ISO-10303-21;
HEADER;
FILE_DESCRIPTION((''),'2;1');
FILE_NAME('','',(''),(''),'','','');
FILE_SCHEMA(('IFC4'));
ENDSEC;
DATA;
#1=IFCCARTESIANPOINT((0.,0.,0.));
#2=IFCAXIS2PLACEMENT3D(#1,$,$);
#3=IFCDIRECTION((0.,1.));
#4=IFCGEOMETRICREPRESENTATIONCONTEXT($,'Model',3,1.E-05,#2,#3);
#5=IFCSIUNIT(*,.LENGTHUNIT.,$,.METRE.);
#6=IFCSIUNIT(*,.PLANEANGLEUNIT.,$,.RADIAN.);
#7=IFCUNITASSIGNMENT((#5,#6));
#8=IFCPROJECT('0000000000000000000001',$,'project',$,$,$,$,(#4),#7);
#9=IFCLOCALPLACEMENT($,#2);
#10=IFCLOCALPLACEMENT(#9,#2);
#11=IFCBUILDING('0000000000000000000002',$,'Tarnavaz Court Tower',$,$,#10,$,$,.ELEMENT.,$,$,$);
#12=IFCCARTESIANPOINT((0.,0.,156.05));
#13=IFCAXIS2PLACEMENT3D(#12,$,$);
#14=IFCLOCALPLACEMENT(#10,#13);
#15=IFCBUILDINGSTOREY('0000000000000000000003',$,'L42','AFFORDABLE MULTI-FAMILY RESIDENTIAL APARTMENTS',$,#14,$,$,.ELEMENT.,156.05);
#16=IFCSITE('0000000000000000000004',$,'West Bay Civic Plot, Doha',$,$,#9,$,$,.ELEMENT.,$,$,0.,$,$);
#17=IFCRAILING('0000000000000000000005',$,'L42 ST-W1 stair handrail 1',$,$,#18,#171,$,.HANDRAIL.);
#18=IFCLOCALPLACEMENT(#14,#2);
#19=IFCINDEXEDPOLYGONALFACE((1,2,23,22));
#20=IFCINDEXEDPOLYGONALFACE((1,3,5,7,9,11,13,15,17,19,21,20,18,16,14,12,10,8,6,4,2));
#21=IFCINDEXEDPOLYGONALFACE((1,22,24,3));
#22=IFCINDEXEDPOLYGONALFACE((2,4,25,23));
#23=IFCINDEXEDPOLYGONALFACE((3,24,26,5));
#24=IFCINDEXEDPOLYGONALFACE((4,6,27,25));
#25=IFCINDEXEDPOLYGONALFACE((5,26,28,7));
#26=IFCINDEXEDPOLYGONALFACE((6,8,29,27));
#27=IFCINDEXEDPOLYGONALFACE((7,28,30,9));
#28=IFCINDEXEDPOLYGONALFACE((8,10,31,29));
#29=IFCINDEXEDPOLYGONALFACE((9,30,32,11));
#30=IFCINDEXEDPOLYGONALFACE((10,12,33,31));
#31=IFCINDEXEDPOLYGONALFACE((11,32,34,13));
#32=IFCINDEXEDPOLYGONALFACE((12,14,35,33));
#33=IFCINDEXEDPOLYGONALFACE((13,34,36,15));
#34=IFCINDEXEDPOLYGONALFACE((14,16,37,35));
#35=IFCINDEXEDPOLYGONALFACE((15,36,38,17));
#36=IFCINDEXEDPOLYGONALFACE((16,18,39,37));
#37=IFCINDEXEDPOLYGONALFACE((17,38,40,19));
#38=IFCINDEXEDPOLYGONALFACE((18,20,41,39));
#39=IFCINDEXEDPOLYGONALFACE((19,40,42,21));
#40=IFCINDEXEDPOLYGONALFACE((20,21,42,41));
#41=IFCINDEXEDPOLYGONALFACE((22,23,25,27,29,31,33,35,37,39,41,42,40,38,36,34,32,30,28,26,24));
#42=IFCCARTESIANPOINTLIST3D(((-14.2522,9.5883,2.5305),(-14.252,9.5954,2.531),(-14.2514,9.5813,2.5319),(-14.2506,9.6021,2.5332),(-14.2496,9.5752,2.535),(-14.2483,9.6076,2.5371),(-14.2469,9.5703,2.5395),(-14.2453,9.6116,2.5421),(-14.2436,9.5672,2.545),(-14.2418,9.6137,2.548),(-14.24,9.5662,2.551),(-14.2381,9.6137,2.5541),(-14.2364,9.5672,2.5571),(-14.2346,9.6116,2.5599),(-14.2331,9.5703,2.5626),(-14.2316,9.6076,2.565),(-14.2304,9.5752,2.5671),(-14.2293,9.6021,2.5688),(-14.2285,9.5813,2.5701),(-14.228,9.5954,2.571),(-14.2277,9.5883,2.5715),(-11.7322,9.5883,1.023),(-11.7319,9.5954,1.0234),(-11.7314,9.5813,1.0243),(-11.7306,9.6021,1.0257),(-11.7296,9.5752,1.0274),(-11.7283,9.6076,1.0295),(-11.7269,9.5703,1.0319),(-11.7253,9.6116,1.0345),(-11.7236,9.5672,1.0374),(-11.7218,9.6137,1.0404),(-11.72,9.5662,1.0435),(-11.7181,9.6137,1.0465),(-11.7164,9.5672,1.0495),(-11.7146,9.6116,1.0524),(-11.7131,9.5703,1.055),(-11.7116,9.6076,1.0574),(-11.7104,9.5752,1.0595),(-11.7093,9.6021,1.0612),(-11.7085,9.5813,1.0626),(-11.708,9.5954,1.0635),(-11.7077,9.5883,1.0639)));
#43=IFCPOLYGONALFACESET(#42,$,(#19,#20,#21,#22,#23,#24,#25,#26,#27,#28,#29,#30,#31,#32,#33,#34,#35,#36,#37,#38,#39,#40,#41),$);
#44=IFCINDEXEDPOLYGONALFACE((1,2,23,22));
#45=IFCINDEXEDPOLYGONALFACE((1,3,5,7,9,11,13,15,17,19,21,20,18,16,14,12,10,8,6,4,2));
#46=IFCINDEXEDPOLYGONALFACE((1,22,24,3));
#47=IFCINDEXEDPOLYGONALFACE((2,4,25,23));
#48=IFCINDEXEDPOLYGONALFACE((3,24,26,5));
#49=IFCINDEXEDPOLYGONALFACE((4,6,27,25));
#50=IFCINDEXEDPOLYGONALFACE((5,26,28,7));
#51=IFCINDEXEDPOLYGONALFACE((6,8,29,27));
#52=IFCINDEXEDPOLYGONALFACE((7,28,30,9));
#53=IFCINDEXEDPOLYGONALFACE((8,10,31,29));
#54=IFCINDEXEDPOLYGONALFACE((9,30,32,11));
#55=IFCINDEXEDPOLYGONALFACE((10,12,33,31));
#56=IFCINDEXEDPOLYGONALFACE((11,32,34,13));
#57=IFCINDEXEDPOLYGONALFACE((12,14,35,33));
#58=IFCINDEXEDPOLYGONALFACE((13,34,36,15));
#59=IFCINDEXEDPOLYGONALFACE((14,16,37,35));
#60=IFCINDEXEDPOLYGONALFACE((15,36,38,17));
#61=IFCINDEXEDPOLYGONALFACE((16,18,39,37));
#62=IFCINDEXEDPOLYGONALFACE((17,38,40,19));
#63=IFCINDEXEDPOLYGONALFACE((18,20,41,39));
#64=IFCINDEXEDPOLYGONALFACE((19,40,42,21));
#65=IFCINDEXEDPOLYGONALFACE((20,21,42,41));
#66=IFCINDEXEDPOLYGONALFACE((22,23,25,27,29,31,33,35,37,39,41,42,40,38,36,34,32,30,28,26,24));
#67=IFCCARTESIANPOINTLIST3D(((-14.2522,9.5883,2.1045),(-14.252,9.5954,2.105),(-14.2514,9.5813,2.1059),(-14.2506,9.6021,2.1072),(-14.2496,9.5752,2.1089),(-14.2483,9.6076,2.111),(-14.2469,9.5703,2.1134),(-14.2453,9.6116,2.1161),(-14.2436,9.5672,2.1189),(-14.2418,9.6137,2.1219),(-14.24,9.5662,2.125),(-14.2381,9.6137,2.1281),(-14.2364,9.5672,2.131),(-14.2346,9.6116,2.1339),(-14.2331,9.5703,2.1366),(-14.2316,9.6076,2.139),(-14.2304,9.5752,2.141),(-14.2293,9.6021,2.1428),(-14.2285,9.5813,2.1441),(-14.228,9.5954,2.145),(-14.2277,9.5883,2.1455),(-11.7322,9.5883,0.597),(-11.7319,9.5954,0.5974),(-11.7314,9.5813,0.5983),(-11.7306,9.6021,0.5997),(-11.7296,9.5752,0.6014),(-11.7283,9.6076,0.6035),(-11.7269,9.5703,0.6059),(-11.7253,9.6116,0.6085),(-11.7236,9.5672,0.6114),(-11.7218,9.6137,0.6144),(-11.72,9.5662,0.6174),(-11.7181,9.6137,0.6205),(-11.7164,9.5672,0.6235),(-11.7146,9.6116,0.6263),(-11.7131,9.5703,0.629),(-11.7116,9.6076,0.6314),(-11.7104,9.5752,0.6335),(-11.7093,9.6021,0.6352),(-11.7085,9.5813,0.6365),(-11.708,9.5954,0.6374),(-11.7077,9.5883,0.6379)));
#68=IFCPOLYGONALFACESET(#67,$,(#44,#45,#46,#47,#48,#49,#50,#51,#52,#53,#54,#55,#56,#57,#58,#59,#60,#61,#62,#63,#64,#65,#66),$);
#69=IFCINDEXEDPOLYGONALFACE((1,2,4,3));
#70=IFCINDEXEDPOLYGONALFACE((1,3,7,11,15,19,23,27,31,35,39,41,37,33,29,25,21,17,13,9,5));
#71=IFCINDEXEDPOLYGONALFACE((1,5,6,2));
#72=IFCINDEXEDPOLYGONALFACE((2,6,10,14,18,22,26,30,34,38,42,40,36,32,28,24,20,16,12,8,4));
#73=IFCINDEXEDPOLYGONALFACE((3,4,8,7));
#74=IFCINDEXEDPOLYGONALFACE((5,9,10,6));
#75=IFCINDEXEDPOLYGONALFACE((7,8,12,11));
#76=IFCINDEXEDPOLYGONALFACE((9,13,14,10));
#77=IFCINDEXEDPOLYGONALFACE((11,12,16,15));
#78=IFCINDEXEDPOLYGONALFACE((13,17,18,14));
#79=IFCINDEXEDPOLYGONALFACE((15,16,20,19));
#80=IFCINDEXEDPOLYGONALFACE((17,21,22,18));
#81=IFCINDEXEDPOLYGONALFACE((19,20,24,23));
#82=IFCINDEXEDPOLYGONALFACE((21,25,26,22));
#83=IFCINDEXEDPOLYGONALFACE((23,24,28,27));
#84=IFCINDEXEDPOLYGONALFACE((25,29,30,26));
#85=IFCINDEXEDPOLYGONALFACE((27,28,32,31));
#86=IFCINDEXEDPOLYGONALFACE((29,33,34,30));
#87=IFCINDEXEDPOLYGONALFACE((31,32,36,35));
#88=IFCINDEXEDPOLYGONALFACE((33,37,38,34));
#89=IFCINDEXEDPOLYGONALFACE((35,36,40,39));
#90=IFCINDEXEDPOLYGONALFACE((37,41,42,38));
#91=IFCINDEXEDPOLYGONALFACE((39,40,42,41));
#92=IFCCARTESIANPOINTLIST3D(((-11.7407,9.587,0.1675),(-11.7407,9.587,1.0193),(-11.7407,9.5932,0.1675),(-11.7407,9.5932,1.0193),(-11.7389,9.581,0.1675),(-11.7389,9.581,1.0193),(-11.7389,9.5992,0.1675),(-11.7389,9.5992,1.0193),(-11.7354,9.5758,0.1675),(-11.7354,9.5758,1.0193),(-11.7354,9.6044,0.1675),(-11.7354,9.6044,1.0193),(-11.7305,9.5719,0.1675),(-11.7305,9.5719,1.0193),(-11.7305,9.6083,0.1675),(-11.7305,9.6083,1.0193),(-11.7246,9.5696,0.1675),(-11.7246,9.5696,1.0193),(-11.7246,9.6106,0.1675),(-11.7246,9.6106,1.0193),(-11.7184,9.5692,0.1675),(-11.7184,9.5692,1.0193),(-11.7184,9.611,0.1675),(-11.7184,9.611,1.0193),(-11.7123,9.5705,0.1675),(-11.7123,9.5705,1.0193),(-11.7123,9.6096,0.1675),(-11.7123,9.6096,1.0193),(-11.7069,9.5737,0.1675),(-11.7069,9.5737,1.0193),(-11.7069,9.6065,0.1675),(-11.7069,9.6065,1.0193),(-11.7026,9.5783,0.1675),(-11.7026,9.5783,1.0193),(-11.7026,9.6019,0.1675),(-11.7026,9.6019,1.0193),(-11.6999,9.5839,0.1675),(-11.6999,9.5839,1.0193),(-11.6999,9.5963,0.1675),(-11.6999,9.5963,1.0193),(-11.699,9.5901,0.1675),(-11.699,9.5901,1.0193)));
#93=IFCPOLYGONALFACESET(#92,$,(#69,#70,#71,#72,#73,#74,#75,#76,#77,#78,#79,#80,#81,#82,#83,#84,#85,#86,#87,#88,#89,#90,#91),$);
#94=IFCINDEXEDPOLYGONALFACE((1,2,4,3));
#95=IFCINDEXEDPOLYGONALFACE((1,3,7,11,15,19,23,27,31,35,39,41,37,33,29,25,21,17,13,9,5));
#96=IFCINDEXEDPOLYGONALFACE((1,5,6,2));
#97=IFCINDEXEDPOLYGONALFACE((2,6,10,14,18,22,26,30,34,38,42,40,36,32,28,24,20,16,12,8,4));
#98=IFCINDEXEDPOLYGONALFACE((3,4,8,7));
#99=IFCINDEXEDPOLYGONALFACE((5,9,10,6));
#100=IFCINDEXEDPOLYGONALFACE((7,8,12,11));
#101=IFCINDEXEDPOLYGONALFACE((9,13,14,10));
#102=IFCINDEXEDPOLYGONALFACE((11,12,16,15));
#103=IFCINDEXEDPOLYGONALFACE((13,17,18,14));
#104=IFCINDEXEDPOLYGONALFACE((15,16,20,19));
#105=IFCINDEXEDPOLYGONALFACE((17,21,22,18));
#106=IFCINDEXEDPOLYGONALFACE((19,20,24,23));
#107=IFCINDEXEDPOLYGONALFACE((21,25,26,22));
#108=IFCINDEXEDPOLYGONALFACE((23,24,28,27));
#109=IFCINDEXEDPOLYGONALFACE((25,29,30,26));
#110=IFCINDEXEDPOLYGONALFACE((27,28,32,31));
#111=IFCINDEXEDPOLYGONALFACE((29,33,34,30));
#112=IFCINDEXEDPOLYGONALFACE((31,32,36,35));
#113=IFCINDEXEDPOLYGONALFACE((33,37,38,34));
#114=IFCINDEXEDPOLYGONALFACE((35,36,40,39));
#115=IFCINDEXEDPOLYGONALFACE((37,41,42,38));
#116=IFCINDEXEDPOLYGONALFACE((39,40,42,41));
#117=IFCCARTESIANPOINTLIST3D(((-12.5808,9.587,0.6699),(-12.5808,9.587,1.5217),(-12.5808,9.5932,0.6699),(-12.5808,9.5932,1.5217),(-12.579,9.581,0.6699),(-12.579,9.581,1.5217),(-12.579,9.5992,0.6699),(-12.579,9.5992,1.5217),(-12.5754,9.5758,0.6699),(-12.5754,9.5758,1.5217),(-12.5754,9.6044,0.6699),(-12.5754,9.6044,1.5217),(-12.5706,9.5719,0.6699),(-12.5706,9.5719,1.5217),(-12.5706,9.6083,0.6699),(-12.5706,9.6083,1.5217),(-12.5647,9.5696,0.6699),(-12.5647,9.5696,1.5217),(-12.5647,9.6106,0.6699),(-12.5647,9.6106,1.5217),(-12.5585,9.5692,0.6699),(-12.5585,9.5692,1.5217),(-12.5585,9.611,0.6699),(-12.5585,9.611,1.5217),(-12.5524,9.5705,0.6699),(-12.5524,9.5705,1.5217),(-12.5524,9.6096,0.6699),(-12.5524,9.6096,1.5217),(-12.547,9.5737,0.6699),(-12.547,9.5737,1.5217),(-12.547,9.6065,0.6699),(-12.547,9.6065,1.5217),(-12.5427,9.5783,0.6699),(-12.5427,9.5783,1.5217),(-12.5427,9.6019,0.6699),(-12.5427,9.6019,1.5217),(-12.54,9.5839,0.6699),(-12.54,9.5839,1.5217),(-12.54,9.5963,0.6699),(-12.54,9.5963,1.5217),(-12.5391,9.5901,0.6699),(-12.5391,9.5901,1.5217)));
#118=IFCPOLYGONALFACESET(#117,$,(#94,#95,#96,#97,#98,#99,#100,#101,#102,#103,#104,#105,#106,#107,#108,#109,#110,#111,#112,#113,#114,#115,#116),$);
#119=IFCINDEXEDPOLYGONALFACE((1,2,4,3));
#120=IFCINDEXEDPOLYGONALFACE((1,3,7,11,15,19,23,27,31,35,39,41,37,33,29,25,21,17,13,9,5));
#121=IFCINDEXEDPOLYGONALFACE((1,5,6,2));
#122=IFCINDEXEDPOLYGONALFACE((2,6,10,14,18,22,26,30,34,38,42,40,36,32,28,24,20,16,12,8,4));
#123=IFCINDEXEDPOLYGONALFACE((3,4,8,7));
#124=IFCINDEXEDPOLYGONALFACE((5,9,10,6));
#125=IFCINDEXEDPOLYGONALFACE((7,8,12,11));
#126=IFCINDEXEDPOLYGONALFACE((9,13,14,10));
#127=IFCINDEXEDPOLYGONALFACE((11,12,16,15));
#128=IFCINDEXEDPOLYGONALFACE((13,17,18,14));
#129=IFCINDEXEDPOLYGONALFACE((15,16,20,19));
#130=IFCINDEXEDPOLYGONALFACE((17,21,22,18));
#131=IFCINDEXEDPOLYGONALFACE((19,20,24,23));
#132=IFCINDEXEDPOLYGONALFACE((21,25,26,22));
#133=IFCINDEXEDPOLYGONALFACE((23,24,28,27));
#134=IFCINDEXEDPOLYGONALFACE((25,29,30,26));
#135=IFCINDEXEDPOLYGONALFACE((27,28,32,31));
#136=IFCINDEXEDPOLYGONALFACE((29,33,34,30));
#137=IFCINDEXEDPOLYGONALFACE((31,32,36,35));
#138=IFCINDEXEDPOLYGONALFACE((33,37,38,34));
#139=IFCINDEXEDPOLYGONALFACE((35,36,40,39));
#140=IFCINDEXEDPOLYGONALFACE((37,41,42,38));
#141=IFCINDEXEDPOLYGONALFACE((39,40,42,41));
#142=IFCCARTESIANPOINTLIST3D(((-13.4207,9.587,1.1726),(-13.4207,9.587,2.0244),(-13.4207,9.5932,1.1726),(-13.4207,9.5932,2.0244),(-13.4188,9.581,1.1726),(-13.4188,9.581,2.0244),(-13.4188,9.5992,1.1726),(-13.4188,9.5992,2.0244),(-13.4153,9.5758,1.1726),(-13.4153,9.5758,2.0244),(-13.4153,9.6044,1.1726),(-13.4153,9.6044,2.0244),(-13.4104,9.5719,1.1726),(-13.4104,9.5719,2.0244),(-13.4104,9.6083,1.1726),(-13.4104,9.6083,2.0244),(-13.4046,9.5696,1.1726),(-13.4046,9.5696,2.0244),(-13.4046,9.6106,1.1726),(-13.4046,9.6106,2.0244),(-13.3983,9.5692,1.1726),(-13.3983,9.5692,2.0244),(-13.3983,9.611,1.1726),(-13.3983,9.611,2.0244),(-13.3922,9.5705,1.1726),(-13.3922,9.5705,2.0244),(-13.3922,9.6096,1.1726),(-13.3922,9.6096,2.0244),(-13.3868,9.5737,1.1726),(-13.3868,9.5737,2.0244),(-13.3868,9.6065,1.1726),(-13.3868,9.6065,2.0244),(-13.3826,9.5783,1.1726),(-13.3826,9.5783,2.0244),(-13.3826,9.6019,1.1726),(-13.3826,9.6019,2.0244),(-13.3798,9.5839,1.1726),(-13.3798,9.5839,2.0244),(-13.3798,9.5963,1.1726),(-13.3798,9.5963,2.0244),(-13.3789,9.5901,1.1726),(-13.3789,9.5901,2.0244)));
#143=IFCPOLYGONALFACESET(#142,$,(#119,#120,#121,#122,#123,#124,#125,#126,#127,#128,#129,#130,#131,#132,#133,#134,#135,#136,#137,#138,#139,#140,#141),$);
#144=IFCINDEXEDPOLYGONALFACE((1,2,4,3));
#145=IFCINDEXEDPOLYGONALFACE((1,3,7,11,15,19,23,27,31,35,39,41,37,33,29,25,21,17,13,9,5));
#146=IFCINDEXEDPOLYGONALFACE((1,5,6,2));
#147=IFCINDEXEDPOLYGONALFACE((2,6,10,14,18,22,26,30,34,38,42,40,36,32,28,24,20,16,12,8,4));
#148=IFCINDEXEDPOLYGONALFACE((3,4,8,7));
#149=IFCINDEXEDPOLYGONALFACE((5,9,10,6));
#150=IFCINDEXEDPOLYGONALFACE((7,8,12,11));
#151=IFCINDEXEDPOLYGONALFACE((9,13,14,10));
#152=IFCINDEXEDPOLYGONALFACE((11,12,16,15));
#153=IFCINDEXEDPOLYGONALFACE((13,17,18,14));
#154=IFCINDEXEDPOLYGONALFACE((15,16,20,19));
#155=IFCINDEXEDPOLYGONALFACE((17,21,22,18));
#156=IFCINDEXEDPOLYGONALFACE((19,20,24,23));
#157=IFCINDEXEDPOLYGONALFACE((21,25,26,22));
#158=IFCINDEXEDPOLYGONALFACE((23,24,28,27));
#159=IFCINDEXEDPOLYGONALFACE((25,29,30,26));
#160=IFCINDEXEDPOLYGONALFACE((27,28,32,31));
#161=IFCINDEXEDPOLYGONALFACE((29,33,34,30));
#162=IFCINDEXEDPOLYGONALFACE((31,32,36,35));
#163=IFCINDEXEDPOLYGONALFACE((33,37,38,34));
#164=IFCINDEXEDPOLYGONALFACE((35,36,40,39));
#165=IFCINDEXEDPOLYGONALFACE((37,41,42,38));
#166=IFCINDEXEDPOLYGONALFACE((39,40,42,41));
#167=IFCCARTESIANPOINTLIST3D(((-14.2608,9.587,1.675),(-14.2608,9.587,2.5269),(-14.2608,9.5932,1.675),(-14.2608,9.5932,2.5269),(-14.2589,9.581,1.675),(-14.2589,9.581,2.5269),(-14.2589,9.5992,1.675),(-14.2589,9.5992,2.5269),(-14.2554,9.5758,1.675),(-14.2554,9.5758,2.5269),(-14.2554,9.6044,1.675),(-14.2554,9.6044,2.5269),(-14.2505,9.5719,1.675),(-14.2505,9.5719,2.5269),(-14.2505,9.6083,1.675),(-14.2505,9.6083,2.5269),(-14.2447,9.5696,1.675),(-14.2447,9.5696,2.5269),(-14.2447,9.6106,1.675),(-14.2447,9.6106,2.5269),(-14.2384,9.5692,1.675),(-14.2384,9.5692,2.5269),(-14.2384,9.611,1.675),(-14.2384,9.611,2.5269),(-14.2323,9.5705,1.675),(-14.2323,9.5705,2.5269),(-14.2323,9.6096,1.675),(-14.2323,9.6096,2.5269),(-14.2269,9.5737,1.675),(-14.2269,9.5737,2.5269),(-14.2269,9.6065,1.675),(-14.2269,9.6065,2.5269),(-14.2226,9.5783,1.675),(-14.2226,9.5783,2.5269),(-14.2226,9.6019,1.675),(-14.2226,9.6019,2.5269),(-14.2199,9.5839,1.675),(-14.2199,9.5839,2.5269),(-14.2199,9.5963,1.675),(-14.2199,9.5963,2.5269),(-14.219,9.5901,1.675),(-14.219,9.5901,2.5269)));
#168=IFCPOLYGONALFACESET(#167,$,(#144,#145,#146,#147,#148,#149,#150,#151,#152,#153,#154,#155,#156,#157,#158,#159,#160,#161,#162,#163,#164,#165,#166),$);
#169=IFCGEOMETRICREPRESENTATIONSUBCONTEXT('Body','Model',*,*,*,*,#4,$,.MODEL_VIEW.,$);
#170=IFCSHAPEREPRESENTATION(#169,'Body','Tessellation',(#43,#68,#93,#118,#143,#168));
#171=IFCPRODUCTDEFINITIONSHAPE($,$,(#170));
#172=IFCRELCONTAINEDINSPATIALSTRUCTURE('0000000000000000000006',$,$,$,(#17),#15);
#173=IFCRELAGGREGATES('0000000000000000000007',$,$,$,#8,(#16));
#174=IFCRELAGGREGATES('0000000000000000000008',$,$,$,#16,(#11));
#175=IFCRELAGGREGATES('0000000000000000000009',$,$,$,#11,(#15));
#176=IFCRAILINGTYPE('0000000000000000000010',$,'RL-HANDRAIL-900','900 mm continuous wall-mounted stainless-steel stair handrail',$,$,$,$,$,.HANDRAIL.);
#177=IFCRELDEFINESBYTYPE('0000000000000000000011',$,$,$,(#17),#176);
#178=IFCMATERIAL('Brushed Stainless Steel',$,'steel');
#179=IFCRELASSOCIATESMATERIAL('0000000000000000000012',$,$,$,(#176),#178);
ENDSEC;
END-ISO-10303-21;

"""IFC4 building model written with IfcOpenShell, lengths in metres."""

from ifc_helpers import new_model, si_unit, direction, frame, origin, origin_2d, place, context, subcontext, project, spatial, circle, extrude, material, type_object, element, save


model = new_model("IFC4")

# Units and contexts
model_context = context("Model", 3, precision=1e-05, world=origin(), true_north=direction((0.0, 1.0)))
body_context = subcontext(model_context, "Body", "Model", "MODEL_VIEW")
ifc_project = project(units=[si_unit("LENGTHUNIT", "METRE"), si_unit("PLANEANGLEUNIT", "RADIAN")], contexts=[model_context])

# Site, building, storey
site_placement = place(None, origin())
site = spatial("IfcSite", under=ifc_project, at=site_placement, Name="West Bay Civic Plot, Doha", CompositionType="ELEMENT", RefElevation=0.0)
building_placement = place(site_placement, origin())
building = spatial("IfcBuilding", under=site, at=building_placement, Name="Tarnavaz Court Tower", CompositionType="ELEMENT")
storey_placement = place(building_placement, frame((0.0, 0.0, 156.05)))
storey = spatial("IfcBuildingStorey", under=building, at=storey_placement, Name="L42", Description="AFFORDABLE MULTI-FAMILY RESIDENTIAL APARTMENTS", CompositionType="ELEMENT", Elevation=156.05)

# Railing
ifc_material_1 = material(Name="Brushed Stainless Steel", Category="steel")
railing_type_1 = type_object("IfcRailingType", Name="RL-HANDRAIL-900", Description="900 mm continuous wall-mounted stainless-steel stair handrail", PredefinedType="HANDRAIL", material=ifc_material_1)
railing_1_placement = place(storey_placement, frame((-11.72, 9.5901, 0.1675)))
element("IfcRailing", 1, at=railing_1_placement, inside=storey, type_object=railing_type_1, Name="L42 ST-W1 stair handrail 1", PredefinedType="HANDRAIL", context=body_context, shape_type="SweptSolid", body=[
    extrude(circle(Radius=0.0239, at=origin_2d()), frame((0.0, 0.0, 0.876), z_axis=(-0.85816, 0.0, 0.513383), x_axis=(0.0, -1.0, 0.0)), (0.0, 0.0, 1.0), 2.9365),
    extrude(circle(Radius=0.0239, at=origin_2d()), frame((0.0, 0.0, 0.45), z_axis=(-0.85816, 0.0, 0.513383), x_axis=(0.0, -1.0, 0.0)), (0.0, 0.0, 1.0), 2.9365),
    extrude(circle(Radius=0.021, at=origin_2d()), origin(), (0.0, 0.0, 1.0), 0.8518),
    extrude(circle(Radius=0.021, at=origin_2d()), frame((-0.8401, 0.0, 0.5024)), (0.0, 0.0, 1.0), 0.8518),
    extrude(circle(Radius=0.021, at=origin_2d()), frame((-1.6799, 0.0, 1.0051)), (0.0, 0.0, 1.0), 0.8518),
    extrude(circle(Radius=0.021, at=origin_2d()), frame((-2.52, 0.0, 1.5076)), (0.0, 0.0, 1.0), 0.8518),
])

save(model, "model.ifc")
